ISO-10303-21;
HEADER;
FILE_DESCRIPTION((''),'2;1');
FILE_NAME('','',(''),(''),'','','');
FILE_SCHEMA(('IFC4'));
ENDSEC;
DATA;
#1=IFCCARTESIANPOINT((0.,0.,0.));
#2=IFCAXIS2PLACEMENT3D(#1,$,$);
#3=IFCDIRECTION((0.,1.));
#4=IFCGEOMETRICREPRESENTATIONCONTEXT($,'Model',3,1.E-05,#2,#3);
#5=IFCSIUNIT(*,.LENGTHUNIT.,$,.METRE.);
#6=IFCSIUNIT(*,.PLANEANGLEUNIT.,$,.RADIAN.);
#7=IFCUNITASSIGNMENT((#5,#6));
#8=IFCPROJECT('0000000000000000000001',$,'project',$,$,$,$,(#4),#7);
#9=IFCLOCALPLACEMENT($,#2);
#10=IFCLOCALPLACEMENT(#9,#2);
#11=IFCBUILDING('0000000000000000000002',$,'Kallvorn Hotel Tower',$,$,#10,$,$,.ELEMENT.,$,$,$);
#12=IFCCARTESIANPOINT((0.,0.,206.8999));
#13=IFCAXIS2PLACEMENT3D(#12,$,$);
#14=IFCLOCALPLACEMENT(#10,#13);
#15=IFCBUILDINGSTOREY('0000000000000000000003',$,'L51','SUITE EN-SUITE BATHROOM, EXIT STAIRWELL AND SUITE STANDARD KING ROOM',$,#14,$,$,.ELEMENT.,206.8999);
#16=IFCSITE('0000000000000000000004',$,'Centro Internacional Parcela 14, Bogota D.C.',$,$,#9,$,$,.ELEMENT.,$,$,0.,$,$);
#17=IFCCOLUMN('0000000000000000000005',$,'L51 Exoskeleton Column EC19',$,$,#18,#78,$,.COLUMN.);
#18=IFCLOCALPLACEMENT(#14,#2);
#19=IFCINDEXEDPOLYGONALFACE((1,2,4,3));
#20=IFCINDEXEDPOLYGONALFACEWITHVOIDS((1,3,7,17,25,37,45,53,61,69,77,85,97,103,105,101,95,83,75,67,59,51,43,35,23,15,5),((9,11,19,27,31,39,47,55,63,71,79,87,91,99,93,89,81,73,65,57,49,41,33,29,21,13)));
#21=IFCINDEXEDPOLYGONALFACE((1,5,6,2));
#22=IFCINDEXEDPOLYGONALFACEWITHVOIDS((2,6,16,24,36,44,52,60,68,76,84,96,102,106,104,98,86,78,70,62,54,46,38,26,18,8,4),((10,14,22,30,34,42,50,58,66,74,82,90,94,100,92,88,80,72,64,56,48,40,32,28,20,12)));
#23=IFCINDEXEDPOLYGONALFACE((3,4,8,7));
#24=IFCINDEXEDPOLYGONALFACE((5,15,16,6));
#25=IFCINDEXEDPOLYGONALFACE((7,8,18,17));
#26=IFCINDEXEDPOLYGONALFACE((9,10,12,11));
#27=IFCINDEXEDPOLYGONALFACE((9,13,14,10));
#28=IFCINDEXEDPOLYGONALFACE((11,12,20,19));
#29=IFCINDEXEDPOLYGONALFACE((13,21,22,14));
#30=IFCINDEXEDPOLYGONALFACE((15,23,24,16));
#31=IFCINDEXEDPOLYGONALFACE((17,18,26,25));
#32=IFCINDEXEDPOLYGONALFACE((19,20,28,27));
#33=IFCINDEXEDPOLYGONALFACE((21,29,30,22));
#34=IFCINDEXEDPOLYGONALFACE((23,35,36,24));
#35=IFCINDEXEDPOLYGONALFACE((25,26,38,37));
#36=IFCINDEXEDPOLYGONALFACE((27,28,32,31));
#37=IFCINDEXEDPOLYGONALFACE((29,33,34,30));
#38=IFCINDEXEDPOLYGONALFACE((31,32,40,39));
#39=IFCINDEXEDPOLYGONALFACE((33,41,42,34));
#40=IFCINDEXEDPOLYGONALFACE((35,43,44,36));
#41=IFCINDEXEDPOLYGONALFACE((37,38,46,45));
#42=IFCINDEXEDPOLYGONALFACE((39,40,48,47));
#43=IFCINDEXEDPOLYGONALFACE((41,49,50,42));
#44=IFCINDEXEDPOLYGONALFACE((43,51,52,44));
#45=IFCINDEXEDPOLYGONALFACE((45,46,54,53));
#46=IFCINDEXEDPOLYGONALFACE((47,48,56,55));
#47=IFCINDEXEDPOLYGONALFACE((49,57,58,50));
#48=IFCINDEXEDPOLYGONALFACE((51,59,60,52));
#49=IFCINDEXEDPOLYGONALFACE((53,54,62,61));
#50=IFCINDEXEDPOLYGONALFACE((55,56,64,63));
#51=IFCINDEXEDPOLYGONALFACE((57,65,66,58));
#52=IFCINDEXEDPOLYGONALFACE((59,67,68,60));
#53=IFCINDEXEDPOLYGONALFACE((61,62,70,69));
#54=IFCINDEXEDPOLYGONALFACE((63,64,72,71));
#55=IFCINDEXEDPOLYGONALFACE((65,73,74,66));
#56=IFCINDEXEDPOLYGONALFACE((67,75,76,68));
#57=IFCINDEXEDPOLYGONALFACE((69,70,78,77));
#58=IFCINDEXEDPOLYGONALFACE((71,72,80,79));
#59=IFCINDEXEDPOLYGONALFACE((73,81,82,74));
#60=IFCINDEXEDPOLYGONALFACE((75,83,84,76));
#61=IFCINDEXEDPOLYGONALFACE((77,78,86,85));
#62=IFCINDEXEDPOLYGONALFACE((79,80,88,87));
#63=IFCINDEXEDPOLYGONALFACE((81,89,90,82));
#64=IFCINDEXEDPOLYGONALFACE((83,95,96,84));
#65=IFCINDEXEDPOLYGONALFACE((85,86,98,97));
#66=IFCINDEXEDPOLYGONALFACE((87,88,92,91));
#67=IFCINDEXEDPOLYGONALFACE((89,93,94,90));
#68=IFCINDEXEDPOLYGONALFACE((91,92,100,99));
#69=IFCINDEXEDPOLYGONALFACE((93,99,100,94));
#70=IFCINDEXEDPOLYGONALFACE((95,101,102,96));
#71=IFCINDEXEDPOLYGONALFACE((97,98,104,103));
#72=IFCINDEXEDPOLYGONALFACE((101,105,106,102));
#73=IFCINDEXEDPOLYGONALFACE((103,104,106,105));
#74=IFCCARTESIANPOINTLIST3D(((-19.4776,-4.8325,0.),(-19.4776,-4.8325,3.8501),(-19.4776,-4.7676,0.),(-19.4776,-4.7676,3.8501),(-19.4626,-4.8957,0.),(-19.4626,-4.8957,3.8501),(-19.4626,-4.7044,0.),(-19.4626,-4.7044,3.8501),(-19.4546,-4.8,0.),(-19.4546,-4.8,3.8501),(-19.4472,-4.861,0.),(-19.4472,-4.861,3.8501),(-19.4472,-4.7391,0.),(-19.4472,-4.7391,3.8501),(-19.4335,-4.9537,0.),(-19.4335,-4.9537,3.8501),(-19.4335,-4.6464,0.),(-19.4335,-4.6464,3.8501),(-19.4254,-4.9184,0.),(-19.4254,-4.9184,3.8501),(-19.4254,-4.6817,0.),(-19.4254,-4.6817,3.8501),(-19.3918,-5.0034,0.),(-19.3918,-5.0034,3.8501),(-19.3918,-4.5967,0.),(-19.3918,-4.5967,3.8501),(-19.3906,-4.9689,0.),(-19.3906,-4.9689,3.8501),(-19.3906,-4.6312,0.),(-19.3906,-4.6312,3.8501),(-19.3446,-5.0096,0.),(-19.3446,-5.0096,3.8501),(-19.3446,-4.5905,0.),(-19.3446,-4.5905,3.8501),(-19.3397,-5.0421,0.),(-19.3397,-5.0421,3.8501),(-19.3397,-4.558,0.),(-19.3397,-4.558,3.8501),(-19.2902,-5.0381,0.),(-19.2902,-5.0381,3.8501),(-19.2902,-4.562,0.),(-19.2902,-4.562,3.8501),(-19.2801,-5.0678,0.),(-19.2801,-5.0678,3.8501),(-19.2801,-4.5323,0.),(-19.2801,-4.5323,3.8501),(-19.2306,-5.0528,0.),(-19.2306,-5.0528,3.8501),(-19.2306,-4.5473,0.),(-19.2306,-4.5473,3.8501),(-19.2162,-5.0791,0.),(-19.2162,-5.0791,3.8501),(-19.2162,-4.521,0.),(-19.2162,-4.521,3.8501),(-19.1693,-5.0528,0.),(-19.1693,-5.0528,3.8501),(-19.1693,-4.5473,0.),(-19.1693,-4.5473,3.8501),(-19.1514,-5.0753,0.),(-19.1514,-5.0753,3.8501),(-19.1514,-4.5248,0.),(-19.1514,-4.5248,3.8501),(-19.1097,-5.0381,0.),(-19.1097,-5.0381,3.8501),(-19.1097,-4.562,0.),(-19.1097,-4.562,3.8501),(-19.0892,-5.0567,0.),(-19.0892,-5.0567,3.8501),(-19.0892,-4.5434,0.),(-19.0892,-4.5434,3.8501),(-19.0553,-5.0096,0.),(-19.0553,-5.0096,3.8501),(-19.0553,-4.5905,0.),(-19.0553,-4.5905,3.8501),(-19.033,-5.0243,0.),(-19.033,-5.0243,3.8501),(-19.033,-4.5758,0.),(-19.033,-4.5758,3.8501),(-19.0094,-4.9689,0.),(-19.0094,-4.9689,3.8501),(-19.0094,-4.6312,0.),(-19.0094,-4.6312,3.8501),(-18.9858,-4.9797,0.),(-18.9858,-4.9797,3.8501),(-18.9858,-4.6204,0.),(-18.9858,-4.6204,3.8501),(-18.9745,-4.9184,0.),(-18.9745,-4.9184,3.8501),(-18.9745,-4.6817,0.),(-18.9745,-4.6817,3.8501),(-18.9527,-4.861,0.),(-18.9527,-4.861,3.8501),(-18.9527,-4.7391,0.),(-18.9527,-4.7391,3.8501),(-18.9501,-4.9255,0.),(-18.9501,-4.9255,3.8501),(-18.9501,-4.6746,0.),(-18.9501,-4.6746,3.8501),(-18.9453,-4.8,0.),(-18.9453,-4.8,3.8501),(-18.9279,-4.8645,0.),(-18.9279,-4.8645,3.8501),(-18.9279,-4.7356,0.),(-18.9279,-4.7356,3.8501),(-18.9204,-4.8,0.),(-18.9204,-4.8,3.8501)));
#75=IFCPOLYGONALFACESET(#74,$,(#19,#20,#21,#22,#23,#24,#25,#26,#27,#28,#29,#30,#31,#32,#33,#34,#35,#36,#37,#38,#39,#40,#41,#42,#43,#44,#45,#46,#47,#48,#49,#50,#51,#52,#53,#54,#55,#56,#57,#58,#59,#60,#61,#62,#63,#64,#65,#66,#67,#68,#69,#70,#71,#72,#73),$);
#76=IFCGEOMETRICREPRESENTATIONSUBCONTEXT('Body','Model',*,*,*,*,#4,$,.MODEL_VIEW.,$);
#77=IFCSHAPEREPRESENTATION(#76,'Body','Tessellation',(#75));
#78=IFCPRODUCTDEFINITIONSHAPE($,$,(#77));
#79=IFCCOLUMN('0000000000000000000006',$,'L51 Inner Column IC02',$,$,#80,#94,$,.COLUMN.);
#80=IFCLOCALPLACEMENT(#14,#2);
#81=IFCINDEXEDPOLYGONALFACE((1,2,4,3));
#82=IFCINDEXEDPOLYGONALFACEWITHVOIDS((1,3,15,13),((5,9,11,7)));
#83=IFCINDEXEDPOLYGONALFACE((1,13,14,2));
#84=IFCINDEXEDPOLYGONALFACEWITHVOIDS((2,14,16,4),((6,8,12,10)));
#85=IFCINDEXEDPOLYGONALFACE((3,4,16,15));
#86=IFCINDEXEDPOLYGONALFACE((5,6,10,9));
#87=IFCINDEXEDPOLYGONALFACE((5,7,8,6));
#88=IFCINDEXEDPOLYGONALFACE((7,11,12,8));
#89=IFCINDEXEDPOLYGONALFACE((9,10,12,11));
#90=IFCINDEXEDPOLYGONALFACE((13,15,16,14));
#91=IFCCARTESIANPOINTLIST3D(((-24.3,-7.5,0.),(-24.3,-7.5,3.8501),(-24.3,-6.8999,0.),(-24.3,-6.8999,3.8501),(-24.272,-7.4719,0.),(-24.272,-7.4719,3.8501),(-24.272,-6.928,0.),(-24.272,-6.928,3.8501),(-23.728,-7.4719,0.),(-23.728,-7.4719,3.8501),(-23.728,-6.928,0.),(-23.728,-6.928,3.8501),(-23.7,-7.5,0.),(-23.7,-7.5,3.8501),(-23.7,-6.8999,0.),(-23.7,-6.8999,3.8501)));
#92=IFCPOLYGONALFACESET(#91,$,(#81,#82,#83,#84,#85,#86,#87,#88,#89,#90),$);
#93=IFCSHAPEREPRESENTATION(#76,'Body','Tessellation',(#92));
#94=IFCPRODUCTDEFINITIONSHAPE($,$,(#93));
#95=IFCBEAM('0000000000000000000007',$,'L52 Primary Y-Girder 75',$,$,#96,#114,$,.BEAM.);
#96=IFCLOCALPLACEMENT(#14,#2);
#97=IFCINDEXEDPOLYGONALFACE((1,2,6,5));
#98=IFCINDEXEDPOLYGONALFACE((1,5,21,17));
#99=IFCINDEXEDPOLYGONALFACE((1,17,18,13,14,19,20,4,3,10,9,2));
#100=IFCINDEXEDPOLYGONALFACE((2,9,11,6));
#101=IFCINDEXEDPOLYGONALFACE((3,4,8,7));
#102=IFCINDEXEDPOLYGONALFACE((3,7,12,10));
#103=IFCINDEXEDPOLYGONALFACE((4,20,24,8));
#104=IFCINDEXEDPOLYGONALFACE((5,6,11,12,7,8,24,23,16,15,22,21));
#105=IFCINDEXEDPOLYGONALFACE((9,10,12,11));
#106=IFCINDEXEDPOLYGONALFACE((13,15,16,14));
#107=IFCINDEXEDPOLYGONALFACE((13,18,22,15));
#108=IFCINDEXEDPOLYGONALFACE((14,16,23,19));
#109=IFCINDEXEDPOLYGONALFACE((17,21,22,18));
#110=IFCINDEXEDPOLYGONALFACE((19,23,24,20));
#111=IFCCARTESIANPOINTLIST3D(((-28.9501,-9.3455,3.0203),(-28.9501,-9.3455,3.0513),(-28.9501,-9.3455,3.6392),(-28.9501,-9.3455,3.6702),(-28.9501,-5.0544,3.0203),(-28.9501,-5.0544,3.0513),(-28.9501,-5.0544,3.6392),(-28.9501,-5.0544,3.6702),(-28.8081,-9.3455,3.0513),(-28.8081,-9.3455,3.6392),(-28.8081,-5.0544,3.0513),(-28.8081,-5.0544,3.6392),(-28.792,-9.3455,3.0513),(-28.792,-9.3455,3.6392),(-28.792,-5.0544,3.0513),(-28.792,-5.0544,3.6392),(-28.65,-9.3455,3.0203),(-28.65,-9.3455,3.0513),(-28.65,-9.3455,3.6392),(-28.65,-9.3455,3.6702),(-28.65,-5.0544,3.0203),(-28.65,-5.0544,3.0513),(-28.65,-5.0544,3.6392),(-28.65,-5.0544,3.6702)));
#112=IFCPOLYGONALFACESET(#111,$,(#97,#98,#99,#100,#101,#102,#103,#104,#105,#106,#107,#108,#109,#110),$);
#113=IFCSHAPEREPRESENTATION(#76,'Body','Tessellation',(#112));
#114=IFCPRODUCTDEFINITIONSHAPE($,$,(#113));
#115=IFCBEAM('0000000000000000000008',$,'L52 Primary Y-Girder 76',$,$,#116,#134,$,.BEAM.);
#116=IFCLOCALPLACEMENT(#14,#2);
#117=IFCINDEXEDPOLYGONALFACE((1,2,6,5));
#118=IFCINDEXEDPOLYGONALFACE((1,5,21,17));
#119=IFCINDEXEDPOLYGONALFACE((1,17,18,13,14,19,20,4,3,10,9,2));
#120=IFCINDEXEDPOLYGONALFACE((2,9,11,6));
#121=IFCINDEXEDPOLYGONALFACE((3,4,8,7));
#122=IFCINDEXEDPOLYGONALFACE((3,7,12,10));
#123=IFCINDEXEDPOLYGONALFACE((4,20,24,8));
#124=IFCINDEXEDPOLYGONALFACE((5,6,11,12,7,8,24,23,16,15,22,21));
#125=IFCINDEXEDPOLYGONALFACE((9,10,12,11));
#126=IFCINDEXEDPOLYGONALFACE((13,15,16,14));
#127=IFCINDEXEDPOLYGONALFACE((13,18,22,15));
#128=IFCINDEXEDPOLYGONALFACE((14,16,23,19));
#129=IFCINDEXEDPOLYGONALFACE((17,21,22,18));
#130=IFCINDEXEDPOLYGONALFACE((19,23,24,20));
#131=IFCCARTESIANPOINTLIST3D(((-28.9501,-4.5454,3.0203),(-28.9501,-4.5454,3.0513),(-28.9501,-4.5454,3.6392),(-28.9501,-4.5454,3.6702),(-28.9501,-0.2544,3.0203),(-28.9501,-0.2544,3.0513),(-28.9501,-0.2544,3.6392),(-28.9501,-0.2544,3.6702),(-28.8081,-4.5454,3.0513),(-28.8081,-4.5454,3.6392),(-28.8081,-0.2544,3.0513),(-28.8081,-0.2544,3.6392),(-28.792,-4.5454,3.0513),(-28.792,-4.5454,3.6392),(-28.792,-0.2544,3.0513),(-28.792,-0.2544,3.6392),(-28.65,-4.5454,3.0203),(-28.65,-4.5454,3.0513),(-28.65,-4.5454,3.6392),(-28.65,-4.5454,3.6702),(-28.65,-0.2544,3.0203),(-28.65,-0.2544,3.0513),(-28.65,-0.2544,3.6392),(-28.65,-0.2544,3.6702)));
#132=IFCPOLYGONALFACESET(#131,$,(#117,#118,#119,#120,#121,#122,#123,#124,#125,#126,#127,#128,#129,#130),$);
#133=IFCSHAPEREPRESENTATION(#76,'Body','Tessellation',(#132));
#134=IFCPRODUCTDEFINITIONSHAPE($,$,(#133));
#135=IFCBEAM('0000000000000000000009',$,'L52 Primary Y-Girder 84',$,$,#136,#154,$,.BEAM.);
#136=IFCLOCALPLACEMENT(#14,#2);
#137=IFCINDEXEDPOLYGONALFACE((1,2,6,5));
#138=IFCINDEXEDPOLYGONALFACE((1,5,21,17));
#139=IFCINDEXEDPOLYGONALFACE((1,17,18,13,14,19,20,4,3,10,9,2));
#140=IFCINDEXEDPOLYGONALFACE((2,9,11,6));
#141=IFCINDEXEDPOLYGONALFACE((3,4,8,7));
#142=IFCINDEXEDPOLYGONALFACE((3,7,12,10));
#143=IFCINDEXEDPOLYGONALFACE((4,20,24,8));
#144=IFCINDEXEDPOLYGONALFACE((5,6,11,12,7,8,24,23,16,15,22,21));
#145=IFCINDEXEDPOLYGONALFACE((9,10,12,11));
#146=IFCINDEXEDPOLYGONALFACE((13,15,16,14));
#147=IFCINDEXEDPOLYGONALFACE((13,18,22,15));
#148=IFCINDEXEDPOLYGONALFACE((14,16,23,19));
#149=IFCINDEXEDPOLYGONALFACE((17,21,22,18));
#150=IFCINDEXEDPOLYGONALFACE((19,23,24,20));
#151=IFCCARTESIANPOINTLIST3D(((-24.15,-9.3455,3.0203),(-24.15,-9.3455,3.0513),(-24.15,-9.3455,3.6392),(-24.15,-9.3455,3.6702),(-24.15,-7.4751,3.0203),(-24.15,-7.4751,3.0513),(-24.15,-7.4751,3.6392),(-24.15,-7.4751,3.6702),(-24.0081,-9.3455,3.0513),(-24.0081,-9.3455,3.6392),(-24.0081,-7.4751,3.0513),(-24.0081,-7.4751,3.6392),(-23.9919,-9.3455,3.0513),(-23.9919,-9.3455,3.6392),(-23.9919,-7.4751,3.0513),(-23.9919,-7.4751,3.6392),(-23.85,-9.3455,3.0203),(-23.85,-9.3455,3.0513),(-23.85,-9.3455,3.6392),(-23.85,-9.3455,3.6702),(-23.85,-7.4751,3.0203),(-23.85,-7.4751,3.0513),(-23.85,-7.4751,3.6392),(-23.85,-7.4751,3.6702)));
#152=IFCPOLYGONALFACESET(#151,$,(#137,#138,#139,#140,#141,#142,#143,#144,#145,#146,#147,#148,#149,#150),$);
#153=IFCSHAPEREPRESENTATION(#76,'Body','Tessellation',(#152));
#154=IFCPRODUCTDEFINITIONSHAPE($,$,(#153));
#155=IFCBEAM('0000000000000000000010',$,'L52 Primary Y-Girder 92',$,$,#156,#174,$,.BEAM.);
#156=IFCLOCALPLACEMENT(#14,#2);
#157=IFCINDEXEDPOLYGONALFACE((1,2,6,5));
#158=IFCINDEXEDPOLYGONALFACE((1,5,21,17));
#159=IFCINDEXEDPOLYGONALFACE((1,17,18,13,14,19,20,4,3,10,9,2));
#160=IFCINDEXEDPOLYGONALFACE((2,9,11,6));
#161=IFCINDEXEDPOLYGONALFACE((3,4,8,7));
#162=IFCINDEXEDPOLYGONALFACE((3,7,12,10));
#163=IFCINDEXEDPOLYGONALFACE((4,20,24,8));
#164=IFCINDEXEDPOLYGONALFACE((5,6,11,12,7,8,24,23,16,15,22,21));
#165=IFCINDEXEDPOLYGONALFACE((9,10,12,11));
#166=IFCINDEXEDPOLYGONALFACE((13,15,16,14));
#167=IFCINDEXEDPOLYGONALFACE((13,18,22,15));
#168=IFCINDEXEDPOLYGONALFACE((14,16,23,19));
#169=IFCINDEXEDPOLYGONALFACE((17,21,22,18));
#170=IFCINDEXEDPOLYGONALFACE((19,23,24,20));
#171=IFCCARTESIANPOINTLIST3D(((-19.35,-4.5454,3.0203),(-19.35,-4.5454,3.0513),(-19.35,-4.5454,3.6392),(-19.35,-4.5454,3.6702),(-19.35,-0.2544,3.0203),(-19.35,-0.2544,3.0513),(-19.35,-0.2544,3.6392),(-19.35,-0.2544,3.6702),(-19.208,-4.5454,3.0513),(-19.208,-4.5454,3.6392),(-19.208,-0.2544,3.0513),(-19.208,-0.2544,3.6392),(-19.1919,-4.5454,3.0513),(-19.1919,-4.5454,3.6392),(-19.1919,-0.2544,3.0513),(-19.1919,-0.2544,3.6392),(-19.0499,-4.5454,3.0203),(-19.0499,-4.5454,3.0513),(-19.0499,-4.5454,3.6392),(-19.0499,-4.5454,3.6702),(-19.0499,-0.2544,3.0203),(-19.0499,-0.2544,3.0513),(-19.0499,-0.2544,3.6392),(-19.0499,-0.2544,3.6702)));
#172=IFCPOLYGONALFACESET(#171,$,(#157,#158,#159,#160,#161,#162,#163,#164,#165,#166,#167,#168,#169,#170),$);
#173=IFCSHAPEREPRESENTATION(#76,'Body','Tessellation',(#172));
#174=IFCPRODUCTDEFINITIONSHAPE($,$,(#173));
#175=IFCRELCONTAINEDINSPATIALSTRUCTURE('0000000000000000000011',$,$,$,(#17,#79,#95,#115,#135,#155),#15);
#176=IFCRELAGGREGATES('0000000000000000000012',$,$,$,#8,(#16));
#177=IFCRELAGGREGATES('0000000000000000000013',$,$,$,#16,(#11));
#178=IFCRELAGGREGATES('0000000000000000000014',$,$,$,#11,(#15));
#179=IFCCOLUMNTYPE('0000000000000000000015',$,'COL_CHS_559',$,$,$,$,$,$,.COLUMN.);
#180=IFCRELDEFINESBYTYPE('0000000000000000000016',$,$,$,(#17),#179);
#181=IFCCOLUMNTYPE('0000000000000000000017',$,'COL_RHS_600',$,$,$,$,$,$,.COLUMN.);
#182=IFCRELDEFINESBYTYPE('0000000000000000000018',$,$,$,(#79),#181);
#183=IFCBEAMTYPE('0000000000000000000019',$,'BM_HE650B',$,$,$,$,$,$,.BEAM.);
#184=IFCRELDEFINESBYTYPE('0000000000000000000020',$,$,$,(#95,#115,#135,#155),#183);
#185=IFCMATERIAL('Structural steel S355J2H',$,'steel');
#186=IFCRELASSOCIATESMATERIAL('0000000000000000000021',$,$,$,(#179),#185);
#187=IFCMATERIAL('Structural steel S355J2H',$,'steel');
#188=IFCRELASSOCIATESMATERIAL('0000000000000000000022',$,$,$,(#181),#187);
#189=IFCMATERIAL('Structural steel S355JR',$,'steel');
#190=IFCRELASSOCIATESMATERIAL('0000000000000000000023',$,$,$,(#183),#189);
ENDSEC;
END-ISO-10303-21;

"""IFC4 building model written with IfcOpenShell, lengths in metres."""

from ifc_helpers import new_model, si_unit, direction, frame, origin, origin_2d, place, context, subcontext, project, spatial, hollow_rectangle, hollow_circle, i_section, extrude, material, material_profile, profile_set, type_object, element, save


model = new_model("IFC4")

# Units and contexts
model_context = context("Model", 3, precision=1e-05, world=origin(), true_north=direction((0.0, 1.0)))
body_context = subcontext(model_context, "Body", "Model", "MODEL_VIEW")
ifc_project = project(units=[si_unit("LENGTHUNIT", "METRE"), si_unit("PLANEANGLEUNIT", "RADIAN")], contexts=[model_context])

# Site, building, storey
site_placement = place(None, origin())
site = spatial("IfcSite", under=ifc_project, at=site_placement, Name="Centro Internacional Parcela 14, Bogota D.C.", CompositionType="ELEMENT", RefElevation=0.0)
building_placement = place(site_placement, origin())
building = spatial("IfcBuilding", under=site, at=building_placement, Name="Kallvorn Hotel Tower", CompositionType="ELEMENT")
storey_placement = place(building_placement, frame((0.0, 0.0, 206.8999)))
storey = spatial("IfcBuildingStorey", under=building, at=storey_placement, Name="L51", Description="SUITE EN-SUITE BATHROOM, EXIT STAIRWELL AND SUITE STANDARD KING ROOM", CompositionType="ELEMENT", Elevation=206.8999)

# Columns
ifc_material_1 = material(Name="Structural steel S355J2H", Category="steel")
ifc_material_profile_1 = material_profile(ifc_material_1, hollow_circle(Radius=0.2795, WallThickness=0.0249, at=origin_2d()), Name="CHS 559x25")
ifc_profile_set_1 = profile_set([ifc_material_profile_1], Name="Structural steel S355J2H")
column_type_1 = type_object("IfcColumnType", Name="COL_CHS_559", PredefinedType="COLUMN", material=ifc_profile_set_1)
for number, where, z_axis, x_axis, name in (
    (1, (-19.2, -4.8, 0.0), (0.0, 0.0, 1.0), (1.0, 0.0, 0.0), "L51 Exoskeleton Column EC19"),
):
    element("IfcColumn", number, at=place(storey_placement, frame(where, z_axis=z_axis, x_axis=x_axis)), inside=storey, type_object=column_type_1, Name=name, PredefinedType="COLUMN", context=body_context, shape_type="SweptSolid", body=[
        extrude(hollow_circle(Radius=0.2795, WallThickness=0.0249, at=origin_2d()), origin(), (0.0, 0.0, 1.0), 3.8501),
    ])
ifc_material_2 = material(Name="Structural steel S355J2H", Category="steel")
ifc_material_profile_2 = material_profile(ifc_material_2, hollow_rectangle(XDim=0.6001, YDim=0.6001, WallThickness=0.0281, at=origin_2d()), Name="RHS 600x600x28")
ifc_profile_set_2 = profile_set([ifc_material_profile_2], Name="Structural steel S355J2H")
column_type_2 = type_object("IfcColumnType", Name="COL_RHS_600", PredefinedType="COLUMN", material=ifc_profile_set_2)
column_placement = place(storey_placement, frame((-24.0, -7.2, 0.0), z_axis=(0.0, 0.0, 1.0), x_axis=(1.0, 0.0, 0.0)))
element("IfcColumn", 2, at=column_placement, inside=storey, type_object=column_type_2, Name="L51 Inner Column IC02", PredefinedType="COLUMN", context=body_context, shape_type="SweptSolid", body=[
    extrude(hollow_rectangle(XDim=0.6001, YDim=0.6001, WallThickness=0.0281, at=origin_2d()), origin(), (0.0, 0.0, 1.0), 3.8501),
])

# Beams
ifc_material_3 = material(Name="Structural steel S355JR", Category="steel")
ifc_material_profile_3 = material_profile(ifc_material_3, i_section(OverallWidth=0.3, OverallDepth=0.6499, WebThickness=0.0161, FlangeThickness=0.031, at=origin_2d()), Name="HE 650 B")
ifc_profile_set_3 = profile_set([ifc_material_profile_3], Name="Structural steel S355JR")
beam_type_1 = type_object("IfcBeamType", Name="BM_HE650B", PredefinedType="BEAM", material=ifc_profile_set_3)
for number, where, z_axis, x_axis, name in (
    (3, (-28.8, -9.3455, 3.3452), (0.0, 1.0, 0.0), (-1.0, 0.0, 0.0), "L52 Primary Y-Girder 75"),
    (4, (-28.8, -4.5454, 3.3452), (0.0, 1.0, 0.0), (-1.0, 0.0, 0.0), "L52 Primary Y-Girder 76"),
):
    element("IfcBeam", number, at=place(storey_placement, frame(where, z_axis=z_axis, x_axis=x_axis)), inside=storey, type_object=beam_type_1, Name=name, PredefinedType="BEAM", context=body_context, shape_type="SweptSolid", body=[
        extrude(i_section(OverallWidth=0.3, OverallDepth=0.6499, WebThickness=0.0161, FlangeThickness=0.031, at=origin_2d()), origin(), (0.0, 0.0, 1.0), 4.291),
    ])
beam_1_placement = place(storey_placement, frame((-24.0, -9.3455, 3.3452), z_axis=(0.0, 1.0, 0.0), x_axis=(-1.0, 0.0, 0.0)))
element("IfcBeam", 5, at=beam_1_placement, inside=storey, type_object=beam_type_1, Name="L52 Primary Y-Girder 84", PredefinedType="BEAM", context=body_context, shape_type="SweptSolid", body=[
    extrude(i_section(OverallWidth=0.3, OverallDepth=0.6499, WebThickness=0.0161, FlangeThickness=0.031, at=origin_2d()), origin(), (0.0, 0.0, 1.0), 1.8704),
])
beam_2_placement = place(storey_placement, frame((-19.2, -4.5454, 3.3452), z_axis=(0.0, 1.0, 0.0), x_axis=(-1.0, 0.0, 0.0)))
element("IfcBeam", 6, at=beam_2_placement, inside=storey, type_object=beam_type_1, Name="L52 Primary Y-Girder 92", PredefinedType="BEAM", context=body_context, shape_type="SweptSolid", body=[
    extrude(i_section(OverallWidth=0.3, OverallDepth=0.6499, WebThickness=0.0161, FlangeThickness=0.031, at=origin_2d()), origin(), (0.0, 0.0, 1.0), 4.291),
])

save(model, "model.ifc")
